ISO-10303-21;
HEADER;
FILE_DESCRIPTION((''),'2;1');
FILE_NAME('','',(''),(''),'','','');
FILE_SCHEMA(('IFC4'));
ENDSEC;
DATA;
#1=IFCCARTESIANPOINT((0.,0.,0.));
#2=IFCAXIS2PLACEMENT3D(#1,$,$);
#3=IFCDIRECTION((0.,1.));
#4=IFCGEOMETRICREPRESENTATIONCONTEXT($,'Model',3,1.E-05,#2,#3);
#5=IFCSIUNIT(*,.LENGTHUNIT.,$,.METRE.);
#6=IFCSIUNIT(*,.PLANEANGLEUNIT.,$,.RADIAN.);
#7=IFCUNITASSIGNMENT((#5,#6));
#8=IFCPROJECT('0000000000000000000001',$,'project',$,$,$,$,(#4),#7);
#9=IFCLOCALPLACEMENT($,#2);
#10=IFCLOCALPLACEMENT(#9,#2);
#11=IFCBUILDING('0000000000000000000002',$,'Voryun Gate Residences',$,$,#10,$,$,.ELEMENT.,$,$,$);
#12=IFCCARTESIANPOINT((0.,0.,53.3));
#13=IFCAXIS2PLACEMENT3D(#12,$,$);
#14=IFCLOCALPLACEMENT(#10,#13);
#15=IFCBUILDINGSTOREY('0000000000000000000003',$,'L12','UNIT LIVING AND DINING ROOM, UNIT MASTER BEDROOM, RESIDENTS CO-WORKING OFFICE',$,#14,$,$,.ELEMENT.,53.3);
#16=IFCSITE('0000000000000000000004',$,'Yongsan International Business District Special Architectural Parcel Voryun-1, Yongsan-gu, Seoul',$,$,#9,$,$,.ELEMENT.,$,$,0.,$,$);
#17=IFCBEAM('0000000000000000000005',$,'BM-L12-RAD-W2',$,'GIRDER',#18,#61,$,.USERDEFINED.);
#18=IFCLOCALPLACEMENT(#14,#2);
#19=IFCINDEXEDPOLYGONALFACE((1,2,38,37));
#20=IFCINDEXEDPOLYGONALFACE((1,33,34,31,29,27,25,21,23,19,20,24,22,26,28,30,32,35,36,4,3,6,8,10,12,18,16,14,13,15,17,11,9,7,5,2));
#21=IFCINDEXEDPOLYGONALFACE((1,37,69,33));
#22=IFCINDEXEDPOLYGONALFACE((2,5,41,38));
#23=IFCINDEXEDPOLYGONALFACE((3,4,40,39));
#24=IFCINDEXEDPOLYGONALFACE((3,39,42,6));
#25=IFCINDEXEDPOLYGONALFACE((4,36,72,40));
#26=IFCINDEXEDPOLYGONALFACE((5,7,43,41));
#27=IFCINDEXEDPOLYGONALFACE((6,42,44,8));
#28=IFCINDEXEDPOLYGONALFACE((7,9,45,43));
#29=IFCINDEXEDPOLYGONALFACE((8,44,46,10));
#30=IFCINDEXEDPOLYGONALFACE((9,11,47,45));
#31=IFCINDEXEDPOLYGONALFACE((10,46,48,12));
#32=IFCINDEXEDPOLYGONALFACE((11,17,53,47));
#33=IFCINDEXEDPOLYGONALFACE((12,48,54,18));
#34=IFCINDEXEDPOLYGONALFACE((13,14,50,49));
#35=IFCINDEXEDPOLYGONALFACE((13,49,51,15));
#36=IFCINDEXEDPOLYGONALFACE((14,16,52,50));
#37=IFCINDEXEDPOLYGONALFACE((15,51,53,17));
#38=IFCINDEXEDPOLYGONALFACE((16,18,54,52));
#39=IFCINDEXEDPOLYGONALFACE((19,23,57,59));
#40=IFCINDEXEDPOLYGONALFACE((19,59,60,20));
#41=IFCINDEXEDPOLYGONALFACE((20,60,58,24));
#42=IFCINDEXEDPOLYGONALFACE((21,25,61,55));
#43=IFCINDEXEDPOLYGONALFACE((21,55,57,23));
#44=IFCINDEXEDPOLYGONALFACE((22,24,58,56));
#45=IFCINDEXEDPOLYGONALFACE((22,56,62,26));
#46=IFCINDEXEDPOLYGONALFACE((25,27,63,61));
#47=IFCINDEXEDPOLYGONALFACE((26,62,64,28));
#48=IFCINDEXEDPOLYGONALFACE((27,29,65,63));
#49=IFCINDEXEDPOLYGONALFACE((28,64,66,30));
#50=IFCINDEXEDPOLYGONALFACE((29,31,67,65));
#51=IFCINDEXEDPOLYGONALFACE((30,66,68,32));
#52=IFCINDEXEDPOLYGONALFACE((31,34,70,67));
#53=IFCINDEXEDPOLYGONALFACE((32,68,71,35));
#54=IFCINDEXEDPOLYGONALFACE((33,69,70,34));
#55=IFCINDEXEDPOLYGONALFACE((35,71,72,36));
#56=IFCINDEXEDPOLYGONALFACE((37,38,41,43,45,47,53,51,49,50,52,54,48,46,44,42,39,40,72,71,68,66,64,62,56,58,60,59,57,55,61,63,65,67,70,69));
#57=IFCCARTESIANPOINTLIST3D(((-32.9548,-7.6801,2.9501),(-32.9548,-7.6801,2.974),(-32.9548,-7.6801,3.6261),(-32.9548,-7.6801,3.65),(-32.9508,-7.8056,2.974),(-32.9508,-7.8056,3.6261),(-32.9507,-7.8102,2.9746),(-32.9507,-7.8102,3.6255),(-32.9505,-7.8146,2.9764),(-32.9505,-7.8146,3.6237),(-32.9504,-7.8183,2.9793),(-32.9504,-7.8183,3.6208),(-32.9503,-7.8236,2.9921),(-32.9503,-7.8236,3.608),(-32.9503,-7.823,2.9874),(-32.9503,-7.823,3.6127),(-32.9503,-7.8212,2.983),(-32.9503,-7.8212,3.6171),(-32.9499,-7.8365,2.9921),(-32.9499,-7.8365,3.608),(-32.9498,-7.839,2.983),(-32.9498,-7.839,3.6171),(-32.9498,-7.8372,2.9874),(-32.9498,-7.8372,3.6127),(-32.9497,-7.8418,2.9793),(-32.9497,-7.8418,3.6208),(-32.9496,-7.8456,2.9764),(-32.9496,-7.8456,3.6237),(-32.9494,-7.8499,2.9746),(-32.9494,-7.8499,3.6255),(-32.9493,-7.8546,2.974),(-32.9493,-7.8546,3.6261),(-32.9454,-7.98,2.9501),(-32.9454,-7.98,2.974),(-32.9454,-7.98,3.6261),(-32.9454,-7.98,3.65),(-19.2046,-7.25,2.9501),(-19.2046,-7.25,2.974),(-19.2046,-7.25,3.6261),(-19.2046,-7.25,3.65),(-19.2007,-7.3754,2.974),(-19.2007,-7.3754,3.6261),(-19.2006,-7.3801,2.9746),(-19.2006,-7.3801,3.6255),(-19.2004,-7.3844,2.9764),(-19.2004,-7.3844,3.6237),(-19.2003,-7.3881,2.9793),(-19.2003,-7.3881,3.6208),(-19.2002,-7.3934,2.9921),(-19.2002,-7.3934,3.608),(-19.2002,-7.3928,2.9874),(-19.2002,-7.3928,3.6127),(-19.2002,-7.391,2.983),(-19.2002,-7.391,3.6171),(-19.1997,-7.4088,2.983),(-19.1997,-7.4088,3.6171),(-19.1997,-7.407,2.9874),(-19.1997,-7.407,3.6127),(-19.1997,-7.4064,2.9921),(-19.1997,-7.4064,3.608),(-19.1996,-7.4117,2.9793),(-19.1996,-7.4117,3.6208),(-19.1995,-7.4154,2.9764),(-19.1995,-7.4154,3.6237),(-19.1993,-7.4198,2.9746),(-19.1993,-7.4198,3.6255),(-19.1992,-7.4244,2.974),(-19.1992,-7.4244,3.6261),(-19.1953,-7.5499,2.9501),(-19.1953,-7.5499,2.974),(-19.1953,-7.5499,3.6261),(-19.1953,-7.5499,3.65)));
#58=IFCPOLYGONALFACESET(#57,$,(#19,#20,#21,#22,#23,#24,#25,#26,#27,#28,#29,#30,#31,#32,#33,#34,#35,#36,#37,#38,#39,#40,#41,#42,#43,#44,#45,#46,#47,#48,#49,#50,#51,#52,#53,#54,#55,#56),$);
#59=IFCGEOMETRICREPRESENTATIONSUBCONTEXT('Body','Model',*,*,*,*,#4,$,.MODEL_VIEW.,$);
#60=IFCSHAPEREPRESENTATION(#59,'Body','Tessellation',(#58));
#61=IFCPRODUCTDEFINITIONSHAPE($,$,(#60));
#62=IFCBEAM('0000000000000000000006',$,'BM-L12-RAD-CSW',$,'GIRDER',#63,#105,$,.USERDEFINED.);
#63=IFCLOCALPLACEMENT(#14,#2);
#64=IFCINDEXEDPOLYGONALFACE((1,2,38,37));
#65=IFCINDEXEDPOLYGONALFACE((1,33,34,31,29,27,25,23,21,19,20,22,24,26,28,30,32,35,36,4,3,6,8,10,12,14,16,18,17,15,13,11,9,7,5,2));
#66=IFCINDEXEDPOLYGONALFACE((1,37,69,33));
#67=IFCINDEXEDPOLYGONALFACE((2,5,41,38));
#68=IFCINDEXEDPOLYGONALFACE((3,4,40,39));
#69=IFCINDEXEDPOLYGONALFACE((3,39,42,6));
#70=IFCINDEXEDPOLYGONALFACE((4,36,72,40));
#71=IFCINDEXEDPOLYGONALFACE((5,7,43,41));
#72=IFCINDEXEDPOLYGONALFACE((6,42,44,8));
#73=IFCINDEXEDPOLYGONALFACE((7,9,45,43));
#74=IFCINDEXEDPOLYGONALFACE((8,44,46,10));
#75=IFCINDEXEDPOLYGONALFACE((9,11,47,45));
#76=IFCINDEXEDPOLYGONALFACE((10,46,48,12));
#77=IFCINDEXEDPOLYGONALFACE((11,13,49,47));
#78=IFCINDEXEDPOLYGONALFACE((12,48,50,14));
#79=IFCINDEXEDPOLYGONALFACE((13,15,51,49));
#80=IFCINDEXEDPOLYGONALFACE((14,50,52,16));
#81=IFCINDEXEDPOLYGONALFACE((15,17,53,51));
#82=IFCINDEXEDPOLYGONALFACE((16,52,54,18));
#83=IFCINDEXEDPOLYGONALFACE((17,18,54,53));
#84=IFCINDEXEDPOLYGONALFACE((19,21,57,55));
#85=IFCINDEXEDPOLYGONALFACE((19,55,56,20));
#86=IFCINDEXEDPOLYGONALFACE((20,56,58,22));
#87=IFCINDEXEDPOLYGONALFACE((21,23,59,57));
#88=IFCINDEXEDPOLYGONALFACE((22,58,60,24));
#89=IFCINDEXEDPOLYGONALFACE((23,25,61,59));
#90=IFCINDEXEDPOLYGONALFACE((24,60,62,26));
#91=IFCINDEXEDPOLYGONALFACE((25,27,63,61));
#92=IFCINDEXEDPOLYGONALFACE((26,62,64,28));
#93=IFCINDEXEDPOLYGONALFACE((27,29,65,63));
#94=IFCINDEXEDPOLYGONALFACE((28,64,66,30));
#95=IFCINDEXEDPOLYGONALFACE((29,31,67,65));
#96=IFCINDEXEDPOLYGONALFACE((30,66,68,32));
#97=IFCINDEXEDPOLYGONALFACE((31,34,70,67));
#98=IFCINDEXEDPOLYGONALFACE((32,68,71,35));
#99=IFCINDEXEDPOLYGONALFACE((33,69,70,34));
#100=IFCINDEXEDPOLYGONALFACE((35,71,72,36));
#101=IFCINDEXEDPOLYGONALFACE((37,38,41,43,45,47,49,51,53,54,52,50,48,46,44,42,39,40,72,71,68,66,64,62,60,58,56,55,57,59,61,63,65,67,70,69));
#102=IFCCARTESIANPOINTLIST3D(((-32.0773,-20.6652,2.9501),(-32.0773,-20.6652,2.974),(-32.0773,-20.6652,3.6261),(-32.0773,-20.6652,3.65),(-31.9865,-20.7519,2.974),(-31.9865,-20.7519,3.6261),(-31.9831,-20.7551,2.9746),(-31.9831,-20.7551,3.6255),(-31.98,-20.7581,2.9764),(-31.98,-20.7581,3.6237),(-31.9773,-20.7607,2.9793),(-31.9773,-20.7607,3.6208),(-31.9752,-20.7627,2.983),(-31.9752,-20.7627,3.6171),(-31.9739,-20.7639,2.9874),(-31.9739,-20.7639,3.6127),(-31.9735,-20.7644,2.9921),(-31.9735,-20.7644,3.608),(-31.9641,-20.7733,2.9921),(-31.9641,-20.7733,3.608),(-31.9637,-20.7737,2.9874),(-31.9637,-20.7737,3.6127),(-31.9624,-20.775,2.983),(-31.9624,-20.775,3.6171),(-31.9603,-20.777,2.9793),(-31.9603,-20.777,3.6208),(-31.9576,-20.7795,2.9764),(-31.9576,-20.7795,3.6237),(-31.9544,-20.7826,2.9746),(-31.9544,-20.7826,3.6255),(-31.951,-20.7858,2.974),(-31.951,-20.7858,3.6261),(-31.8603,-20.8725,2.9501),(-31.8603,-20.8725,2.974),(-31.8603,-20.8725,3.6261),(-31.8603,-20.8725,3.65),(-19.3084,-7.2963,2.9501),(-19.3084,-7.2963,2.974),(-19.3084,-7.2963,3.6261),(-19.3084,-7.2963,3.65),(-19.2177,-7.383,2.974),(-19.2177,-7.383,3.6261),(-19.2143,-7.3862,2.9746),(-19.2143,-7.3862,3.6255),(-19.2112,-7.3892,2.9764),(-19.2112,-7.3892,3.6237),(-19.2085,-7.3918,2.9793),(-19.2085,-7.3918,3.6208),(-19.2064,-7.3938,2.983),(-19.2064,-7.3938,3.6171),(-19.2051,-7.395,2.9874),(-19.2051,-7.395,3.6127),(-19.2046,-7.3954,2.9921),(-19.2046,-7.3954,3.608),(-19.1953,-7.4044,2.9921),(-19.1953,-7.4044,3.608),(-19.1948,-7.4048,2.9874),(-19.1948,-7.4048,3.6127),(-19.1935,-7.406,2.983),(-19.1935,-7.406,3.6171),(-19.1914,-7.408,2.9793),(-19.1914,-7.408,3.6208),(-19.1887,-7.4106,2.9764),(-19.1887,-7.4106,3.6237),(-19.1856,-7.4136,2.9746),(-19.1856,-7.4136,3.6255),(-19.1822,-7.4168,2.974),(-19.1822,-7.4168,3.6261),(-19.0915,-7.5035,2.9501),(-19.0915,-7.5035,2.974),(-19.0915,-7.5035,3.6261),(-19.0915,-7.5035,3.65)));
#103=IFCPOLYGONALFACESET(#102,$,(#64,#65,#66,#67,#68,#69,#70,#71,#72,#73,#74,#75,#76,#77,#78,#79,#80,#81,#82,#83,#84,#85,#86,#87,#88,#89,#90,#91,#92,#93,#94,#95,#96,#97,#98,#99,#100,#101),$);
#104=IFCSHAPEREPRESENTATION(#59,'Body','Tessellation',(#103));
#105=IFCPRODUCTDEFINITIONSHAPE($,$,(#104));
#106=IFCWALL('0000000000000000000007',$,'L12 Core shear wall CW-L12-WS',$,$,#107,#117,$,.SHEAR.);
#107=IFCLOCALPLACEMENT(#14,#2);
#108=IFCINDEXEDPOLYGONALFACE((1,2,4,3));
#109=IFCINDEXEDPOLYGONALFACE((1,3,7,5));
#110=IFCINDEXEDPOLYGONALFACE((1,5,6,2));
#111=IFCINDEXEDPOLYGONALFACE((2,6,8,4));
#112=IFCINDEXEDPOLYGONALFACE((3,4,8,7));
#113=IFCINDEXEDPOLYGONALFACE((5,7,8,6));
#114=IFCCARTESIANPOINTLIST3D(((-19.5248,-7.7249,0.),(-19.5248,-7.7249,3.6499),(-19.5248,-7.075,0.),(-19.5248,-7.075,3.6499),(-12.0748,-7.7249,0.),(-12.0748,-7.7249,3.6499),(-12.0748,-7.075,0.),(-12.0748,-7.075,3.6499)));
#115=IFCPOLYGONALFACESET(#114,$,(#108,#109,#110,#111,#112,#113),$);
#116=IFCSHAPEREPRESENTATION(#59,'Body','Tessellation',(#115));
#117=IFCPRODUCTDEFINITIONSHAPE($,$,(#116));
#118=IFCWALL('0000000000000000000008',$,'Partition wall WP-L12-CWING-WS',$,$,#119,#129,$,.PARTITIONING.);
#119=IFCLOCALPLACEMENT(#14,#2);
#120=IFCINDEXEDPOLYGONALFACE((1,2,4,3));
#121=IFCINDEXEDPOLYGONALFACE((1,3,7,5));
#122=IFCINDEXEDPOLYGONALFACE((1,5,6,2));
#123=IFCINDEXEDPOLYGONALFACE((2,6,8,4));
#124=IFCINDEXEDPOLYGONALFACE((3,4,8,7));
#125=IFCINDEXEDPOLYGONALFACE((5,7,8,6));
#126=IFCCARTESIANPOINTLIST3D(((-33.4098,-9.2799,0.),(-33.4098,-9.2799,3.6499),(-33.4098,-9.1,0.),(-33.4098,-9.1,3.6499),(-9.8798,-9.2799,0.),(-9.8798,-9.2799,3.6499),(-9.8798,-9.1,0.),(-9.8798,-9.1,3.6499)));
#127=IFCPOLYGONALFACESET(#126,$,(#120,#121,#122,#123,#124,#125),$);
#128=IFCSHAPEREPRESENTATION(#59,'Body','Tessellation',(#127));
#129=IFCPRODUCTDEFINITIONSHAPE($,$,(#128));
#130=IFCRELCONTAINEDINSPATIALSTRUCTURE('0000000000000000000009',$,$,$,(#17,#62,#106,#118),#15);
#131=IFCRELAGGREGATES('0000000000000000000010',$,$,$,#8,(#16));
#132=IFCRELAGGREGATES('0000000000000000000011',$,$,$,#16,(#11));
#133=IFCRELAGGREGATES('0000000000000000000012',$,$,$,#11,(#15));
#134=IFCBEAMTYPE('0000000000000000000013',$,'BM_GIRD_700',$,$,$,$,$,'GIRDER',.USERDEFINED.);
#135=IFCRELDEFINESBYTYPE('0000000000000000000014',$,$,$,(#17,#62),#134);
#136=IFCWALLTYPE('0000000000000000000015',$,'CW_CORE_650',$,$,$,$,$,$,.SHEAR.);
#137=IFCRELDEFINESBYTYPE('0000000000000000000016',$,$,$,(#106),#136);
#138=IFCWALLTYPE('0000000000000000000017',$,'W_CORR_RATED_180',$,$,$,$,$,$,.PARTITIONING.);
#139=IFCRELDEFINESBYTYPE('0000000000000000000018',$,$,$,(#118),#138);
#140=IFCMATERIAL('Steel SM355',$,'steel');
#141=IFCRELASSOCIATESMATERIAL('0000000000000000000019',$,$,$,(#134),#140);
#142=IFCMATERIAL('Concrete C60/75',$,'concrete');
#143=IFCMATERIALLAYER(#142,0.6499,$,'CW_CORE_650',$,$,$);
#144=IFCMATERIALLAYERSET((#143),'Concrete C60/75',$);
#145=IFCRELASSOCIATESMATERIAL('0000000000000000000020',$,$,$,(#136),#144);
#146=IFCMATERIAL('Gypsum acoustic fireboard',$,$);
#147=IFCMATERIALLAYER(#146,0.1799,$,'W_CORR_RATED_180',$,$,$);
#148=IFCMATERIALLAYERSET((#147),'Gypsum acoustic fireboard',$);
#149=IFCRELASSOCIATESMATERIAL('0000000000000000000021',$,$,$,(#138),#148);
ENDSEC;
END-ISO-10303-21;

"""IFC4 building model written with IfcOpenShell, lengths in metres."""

from ifc_helpers import new_model, si_unit, direction, frame, frame_2d, origin, origin_2d, place, context, subcontext, project, spatial, rectangle, i_section, extrude, material, layer, layer_set, material_profile, profile_set, type_object, element, save


model = new_model("IFC4")

# Units and contexts
model_context = context("Model", 3, precision=1e-05, world=origin(), true_north=direction((0.0, 1.0)))
body_context = subcontext(model_context, "Body", "Model", "MODEL_VIEW")
ifc_project = project(units=[si_unit("LENGTHUNIT", "METRE"), si_unit("PLANEANGLEUNIT", "RADIAN")], contexts=[model_context])

# Site, building, storey
site_placement = place(None, origin())
site = spatial("IfcSite", under=ifc_project, at=site_placement, Name="Yongsan International Business District Special Architectural Parcel Voryun-1, Yongsan-gu, Seoul", CompositionType="ELEMENT", RefElevation=0.0)
building_placement = place(site_placement, origin())
building = spatial("IfcBuilding", under=site, at=building_placement, Name="Voryun Gate Residences", CompositionType="ELEMENT")
storey_placement = place(building_placement, frame((0.0, 0.0, 53.3)))
storey = spatial("IfcBuildingStorey", under=building, at=storey_placement, Name="L12", Description="UNIT LIVING AND DINING ROOM, UNIT MASTER BEDROOM, RESIDENTS CO-WORKING OFFICE", CompositionType="ELEMENT", Elevation=53.3)

# Beams
ifc_material_1 = material(Name="Steel SM355", Category="steel")
ifc_material_profile_1 = material_profile(ifc_material_1, i_section(OverallWidth=0.3, OverallDepth=0.7, WebThickness=0.0129, FlangeThickness=0.0239, FilletRadius=0.0181, at=origin_2d()), Name="H-700x300x13x24")
ifc_profile_set_1 = profile_set([ifc_material_profile_1], Name="Steel SM355")
beam_type_1 = type_object("IfcBeamType", Name="BM_GIRD_700", ElementType="GIRDER", PredefinedType="USERDEFINED", material=ifc_profile_set_1)
beam_1_placement = place(storey_placement, frame((-19.2, -7.3999, 3.3), z_axis=(-0.999511, -0.03127, 0.0), x_axis=(0.03127, -0.999511, 0.0)))
element("IfcBeam", 1, at=beam_1_placement, inside=storey, type_object=beam_type_1, Name="BM-L12-RAD-W2", ObjectType="GIRDER", PredefinedType="USERDEFINED", context=body_context, shape_type="SweptSolid", body=[
    extrude(i_section(OverallWidth=0.3, OverallDepth=0.7, WebThickness=0.0129, FlangeThickness=0.0239, FilletRadius=0.0181, at=origin_2d()), origin(), (0.0, 0.0, 1.0), 13.7568),
])
beam_2_placement = place(storey_placement, frame((-19.2, -7.3999, 3.3), z_axis=(-0.69069, -0.723151, 0.0), x_axis=(0.723151, -0.69069, 0.0)))
element("IfcBeam", 2, at=beam_2_placement, inside=storey, type_object=beam_type_1, Name="BM-L12-RAD-CSW", ObjectType="GIRDER", PredefinedType="USERDEFINED", context=body_context, shape_type="SweptSolid", body=[
    extrude(i_section(OverallWidth=0.3, OverallDepth=0.7, WebThickness=0.0129, FlangeThickness=0.0239, FilletRadius=0.0181, at=origin_2d()), origin(), (0.0, 0.0, 1.0), 18.4871),
])

# Walls
ifc_material_2 = material(Name="Concrete C60/75", Category="concrete")
ifc_layer_1 = layer(ifc_material_2, 0.6499, Name="CW_CORE_650")
ifc_layer_set_1 = layer_set([ifc_layer_1], Name="Concrete C60/75")
wall_type_1 = type_object("IfcWallType", Name="CW_CORE_650", PredefinedType="SHEAR", material=ifc_layer_set_1)
wall_1_placement = place(storey_placement, frame((-19.5249, -7.3999, 0.0), z_axis=(0.0, 0.0, 1.0), x_axis=(1.0, 0.0, 0.0)))
element("IfcWall", 3, at=wall_1_placement, inside=storey, type_object=wall_type_1, Name="L12 Core shear wall CW-L12-WS", PredefinedType="SHEAR", context=body_context, shape_type="SweptSolid", body=[
    extrude(rectangle(XDim=7.45, YDim=0.6499, at=frame_2d((3.7251, 0.0))), origin(), (0.0, 0.0, 1.0), 3.6499),
])
ifc_material_3 = material(Name="Gypsum acoustic fireboard")
ifc_layer_2 = layer(ifc_material_3, 0.1799, Name="W_CORR_RATED_180")
ifc_layer_set_2 = layer_set([ifc_layer_2], Name="Gypsum acoustic fireboard")
wall_type_2 = type_object("IfcWallType", Name="W_CORR_RATED_180", PredefinedType="PARTITIONING", material=ifc_layer_set_2)
wall_2_placement = place(storey_placement, frame((-33.4099, -9.1899, 0.0), z_axis=(0.0, 0.0, 1.0), x_axis=(1.0, 0.0, 0.0)))
element("IfcWall", 4, at=wall_2_placement, inside=storey, type_object=wall_type_2, Name="Partition wall WP-L12-CWING-WS", PredefinedType="PARTITIONING", context=body_context, shape_type="SweptSolid", body=[
    extrude(rectangle(XDim=23.53, YDim=0.1799, at=frame_2d((11.7651, 0.0))), origin(), (0.0, 0.0, 1.0), 3.6499),
])

save(model, "model.ifc")
